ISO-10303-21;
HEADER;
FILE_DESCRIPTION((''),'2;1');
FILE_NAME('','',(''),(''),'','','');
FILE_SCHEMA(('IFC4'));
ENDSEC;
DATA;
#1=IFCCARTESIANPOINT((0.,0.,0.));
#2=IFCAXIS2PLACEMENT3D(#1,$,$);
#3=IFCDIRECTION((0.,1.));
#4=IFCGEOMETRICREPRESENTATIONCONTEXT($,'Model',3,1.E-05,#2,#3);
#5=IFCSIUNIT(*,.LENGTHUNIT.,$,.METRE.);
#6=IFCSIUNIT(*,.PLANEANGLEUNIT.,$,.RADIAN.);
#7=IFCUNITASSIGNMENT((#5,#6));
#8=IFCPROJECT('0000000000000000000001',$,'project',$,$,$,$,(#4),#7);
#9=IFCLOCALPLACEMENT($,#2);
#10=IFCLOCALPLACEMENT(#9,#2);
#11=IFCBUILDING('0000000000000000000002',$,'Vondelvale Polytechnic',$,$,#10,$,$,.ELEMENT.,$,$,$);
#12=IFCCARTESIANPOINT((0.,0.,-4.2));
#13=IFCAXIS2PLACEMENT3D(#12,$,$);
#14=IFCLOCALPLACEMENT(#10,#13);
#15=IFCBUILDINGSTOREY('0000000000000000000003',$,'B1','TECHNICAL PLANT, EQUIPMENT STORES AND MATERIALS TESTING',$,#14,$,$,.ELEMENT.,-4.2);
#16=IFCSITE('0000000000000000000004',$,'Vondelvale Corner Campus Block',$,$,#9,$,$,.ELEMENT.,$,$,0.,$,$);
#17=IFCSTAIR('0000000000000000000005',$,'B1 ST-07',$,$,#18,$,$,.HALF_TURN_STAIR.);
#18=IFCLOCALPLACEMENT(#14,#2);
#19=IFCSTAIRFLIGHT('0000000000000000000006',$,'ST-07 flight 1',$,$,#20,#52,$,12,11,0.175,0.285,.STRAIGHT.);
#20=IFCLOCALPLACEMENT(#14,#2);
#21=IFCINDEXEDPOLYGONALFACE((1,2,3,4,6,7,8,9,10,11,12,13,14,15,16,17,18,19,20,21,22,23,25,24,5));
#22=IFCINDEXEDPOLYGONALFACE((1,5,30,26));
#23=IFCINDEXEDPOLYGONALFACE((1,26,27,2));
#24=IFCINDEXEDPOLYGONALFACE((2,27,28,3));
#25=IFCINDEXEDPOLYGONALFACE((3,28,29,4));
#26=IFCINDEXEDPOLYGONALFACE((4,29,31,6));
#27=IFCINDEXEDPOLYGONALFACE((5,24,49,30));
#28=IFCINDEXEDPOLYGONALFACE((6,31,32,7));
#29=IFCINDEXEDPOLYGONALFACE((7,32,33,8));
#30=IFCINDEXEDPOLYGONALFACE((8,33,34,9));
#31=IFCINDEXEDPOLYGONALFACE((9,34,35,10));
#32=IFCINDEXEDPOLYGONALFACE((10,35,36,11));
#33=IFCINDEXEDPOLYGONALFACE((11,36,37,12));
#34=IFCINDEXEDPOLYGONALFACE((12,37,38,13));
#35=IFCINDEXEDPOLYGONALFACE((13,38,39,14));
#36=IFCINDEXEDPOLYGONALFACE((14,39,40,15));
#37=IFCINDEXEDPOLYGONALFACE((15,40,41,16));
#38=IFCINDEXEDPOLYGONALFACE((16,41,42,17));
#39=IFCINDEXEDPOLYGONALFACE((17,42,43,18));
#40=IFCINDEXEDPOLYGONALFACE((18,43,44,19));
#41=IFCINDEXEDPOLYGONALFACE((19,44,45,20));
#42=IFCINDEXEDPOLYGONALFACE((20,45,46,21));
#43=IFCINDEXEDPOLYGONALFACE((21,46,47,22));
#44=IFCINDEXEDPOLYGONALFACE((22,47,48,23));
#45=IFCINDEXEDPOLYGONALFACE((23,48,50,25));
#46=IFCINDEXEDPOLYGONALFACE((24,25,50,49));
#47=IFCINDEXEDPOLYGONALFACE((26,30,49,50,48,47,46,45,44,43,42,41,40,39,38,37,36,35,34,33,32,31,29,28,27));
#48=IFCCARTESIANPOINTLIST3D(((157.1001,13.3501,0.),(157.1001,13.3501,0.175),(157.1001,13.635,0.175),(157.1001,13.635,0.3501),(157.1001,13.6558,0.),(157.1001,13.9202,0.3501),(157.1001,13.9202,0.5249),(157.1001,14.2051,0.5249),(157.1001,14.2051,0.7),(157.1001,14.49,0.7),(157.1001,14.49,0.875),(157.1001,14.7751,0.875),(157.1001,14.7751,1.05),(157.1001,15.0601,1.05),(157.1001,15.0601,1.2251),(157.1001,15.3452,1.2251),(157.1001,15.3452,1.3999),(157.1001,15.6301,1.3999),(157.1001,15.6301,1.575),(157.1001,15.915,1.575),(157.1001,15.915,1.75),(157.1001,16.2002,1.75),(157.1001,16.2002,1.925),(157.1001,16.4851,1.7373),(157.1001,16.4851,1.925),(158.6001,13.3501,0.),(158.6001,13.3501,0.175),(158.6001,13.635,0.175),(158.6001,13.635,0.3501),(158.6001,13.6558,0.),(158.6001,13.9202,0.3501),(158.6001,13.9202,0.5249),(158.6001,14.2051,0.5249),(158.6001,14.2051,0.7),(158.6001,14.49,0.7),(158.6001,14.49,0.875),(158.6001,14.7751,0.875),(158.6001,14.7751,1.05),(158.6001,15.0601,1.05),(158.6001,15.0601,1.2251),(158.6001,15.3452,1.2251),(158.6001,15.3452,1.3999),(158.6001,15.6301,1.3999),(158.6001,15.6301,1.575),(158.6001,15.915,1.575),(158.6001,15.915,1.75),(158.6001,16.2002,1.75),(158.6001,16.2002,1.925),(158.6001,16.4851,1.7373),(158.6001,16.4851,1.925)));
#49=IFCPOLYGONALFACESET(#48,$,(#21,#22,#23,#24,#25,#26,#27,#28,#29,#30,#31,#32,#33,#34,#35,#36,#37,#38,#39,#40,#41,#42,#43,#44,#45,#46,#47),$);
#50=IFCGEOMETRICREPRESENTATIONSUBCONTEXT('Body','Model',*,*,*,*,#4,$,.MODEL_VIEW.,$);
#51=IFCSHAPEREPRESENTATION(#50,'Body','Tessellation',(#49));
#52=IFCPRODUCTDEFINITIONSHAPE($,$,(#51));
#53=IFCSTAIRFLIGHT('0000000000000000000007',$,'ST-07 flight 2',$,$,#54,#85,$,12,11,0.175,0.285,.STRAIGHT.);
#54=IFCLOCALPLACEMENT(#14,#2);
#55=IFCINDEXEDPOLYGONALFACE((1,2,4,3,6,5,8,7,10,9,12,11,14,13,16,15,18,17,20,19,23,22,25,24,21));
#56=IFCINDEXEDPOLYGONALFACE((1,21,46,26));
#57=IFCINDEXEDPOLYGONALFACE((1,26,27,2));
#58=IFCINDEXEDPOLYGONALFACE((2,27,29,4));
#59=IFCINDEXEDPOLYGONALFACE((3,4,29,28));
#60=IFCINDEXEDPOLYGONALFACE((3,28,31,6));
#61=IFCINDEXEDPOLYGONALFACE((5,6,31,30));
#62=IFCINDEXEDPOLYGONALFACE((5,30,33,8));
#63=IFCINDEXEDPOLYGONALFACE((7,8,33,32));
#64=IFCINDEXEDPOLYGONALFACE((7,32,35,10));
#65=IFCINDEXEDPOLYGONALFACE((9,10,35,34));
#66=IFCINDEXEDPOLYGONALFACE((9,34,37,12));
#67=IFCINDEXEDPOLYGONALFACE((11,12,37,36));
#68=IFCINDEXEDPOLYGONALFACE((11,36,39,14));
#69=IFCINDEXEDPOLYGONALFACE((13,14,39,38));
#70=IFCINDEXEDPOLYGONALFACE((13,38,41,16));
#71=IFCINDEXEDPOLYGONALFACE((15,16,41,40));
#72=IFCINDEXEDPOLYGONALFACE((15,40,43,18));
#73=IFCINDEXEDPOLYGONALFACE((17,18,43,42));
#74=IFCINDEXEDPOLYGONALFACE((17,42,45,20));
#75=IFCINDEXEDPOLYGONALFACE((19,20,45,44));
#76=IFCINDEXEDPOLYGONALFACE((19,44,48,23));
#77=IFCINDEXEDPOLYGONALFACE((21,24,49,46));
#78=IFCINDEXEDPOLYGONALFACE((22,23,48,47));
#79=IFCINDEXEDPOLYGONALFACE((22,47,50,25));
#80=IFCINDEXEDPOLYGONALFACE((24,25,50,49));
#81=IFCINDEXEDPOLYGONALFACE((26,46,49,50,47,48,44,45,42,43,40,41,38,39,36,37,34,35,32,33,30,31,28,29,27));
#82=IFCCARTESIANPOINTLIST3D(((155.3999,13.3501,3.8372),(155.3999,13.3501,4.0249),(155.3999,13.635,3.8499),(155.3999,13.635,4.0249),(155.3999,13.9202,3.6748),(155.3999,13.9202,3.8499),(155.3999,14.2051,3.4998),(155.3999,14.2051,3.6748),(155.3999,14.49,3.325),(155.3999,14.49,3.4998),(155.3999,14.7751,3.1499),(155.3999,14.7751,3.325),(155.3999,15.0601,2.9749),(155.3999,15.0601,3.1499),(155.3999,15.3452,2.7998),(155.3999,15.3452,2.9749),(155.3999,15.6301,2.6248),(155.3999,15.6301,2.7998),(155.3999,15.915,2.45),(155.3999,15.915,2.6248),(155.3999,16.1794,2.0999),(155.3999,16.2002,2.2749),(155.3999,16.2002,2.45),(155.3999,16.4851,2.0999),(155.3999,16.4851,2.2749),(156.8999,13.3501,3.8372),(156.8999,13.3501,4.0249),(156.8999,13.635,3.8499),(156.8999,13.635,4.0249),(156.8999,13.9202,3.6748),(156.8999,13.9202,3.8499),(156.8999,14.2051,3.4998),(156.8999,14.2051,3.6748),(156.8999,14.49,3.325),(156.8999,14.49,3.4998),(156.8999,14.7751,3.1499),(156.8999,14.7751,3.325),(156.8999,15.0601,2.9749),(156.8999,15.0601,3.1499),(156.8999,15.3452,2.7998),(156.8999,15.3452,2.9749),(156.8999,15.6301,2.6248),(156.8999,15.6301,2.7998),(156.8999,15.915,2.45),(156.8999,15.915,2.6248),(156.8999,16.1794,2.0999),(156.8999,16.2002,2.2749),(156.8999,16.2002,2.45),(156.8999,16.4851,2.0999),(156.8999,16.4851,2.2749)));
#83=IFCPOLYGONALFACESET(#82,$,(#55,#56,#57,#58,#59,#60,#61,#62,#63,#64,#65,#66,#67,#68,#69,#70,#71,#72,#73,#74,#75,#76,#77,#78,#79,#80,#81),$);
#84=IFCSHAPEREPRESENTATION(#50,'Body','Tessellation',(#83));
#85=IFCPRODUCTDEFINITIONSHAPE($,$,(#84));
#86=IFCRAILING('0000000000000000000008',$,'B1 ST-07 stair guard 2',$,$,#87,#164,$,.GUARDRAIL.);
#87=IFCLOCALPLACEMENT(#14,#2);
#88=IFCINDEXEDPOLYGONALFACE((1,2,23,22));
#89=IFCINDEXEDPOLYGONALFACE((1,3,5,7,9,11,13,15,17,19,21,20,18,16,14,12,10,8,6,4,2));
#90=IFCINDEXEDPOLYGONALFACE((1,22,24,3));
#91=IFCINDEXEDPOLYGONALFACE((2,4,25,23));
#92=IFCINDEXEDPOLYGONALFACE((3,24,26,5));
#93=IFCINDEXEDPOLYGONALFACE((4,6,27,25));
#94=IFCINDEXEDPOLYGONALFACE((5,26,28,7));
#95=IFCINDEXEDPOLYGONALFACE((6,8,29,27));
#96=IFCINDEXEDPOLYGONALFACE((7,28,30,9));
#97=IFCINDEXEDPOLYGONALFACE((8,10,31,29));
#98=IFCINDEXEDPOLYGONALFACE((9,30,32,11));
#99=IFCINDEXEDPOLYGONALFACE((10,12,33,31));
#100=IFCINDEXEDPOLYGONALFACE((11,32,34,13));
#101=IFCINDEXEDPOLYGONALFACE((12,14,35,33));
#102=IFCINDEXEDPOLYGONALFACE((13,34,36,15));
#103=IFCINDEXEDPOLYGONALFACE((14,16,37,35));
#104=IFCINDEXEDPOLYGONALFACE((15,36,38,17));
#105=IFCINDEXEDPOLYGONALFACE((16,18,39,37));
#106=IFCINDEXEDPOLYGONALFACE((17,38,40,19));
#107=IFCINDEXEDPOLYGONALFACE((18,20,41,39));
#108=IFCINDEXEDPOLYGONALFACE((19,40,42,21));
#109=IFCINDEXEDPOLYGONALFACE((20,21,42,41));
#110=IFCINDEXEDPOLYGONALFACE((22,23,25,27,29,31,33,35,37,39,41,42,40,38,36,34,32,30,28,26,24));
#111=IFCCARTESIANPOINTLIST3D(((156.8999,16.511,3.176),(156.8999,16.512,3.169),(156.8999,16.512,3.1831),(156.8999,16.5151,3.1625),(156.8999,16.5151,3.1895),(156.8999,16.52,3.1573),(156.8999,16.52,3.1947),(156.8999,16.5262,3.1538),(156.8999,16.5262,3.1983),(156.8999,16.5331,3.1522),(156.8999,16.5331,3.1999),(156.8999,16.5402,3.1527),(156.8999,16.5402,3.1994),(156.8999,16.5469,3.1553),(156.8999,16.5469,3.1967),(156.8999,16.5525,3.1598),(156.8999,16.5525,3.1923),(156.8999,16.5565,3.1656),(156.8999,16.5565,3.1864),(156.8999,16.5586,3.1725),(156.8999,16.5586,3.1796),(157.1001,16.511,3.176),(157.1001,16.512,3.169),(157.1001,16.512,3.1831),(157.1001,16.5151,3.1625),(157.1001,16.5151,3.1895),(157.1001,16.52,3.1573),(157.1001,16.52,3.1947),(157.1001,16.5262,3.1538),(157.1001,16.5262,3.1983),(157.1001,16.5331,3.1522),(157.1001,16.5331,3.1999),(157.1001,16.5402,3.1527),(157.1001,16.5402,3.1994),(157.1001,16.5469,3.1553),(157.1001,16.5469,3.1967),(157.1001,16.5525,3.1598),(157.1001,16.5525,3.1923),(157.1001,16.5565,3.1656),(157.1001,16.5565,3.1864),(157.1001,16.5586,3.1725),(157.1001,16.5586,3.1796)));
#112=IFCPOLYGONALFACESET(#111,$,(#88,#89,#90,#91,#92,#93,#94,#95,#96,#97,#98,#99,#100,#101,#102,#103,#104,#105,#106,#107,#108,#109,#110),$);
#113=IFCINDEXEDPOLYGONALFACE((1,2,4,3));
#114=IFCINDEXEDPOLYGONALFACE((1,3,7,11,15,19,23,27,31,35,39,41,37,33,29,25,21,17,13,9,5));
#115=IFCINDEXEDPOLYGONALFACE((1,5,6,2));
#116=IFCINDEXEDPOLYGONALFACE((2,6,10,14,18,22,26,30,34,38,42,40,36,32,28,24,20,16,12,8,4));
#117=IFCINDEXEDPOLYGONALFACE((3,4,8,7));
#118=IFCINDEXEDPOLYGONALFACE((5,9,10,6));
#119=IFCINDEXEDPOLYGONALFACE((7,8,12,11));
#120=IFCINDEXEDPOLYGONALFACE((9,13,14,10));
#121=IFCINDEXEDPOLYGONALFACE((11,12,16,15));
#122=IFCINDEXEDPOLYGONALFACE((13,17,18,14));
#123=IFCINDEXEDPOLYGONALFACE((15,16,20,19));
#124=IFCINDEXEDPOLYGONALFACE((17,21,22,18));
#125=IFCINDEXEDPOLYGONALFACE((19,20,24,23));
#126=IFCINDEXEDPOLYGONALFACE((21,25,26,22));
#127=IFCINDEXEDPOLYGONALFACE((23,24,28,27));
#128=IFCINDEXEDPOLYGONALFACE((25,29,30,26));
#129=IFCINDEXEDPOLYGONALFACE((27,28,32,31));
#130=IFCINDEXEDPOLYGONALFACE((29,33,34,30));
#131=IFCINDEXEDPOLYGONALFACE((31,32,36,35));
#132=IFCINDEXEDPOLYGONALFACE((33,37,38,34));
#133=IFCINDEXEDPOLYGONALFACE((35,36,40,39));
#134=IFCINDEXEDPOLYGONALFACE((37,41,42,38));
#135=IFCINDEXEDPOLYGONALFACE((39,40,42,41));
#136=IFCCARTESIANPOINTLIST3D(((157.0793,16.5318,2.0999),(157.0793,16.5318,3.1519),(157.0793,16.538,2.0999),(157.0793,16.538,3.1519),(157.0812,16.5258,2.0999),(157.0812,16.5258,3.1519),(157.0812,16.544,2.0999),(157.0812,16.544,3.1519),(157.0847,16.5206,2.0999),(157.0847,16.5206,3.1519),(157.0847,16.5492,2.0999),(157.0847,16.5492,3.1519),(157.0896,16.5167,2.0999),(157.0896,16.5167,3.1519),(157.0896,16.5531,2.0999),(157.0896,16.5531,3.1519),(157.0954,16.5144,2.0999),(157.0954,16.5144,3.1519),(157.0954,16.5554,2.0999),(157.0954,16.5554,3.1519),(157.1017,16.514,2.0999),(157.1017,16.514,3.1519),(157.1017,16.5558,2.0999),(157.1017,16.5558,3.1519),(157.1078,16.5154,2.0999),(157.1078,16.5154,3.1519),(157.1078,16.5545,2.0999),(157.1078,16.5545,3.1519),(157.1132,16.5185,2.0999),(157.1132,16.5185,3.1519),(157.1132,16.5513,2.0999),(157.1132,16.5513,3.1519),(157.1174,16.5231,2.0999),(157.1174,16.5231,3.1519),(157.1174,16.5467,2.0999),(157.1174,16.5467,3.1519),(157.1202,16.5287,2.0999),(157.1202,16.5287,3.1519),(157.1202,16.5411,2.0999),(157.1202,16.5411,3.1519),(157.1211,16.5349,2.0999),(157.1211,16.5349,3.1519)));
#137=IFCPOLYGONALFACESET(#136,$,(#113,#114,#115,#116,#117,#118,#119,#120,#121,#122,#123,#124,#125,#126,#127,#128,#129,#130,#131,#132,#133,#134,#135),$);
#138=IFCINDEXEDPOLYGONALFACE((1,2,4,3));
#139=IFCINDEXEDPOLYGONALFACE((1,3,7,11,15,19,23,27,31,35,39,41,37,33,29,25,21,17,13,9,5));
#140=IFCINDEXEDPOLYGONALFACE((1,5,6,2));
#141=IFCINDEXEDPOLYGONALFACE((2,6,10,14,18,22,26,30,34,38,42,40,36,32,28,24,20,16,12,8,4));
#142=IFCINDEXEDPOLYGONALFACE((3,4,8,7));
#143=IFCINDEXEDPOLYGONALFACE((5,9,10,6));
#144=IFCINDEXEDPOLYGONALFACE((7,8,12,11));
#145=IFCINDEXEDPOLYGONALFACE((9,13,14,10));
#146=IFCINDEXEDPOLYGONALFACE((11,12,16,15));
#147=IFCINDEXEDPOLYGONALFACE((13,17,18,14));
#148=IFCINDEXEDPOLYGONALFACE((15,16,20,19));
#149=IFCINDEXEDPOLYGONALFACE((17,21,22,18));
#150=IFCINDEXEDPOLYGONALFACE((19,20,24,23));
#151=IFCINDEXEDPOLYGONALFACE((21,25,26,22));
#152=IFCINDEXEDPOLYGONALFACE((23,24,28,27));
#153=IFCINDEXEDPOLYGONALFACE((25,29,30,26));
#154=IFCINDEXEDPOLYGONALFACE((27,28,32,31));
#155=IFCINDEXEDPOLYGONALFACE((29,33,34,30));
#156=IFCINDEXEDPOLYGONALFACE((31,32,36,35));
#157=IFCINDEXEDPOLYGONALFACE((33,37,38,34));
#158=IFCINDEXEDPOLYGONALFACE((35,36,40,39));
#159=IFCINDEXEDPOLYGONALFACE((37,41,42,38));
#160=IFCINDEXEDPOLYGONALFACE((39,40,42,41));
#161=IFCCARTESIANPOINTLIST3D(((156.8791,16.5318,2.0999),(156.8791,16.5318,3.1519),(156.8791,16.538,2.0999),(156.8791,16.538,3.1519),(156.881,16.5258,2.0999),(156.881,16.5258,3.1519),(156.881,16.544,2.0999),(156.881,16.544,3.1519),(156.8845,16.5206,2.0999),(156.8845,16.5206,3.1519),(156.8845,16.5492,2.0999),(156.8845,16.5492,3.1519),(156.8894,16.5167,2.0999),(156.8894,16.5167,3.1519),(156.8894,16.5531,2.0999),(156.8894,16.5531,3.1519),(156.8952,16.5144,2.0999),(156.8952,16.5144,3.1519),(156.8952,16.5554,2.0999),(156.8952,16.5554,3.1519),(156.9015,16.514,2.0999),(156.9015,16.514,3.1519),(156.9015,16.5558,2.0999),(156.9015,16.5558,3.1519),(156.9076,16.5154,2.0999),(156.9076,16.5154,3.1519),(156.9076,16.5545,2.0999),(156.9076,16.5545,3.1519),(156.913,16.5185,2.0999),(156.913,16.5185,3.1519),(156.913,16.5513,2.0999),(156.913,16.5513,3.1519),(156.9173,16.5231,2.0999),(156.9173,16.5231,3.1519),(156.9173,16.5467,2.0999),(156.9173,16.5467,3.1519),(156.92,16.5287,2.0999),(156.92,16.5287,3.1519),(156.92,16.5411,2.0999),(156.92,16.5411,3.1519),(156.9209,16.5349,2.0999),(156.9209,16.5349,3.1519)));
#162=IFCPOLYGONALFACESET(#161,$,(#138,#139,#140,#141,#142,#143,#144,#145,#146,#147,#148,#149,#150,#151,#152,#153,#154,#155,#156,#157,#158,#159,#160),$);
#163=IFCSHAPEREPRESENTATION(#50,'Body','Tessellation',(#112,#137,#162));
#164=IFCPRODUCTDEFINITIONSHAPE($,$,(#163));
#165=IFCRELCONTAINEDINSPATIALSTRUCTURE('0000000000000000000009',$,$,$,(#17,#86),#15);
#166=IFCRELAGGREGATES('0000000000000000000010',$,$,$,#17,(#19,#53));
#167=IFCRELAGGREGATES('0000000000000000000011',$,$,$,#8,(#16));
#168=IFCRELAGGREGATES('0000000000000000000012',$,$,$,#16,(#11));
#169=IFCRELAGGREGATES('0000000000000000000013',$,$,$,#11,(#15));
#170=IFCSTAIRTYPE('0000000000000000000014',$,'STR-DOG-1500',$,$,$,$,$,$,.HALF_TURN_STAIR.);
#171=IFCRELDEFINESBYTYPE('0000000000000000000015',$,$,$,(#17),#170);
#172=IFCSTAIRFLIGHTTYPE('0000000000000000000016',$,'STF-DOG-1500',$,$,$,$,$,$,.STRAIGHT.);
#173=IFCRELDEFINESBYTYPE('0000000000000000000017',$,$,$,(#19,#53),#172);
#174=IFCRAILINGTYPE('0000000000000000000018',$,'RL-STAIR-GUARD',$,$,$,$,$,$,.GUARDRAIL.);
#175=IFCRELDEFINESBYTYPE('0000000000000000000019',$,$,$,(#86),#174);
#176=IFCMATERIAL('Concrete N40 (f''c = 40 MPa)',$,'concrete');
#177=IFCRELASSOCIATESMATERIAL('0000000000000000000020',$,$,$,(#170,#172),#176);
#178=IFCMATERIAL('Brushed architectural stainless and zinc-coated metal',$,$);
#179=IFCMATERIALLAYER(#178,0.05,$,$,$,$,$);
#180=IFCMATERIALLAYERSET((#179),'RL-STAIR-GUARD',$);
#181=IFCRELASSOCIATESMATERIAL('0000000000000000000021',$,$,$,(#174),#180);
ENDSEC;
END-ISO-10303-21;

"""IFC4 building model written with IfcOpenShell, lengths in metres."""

from ifc_helpers import new_model, si_unit, direction, frame, origin, origin_2d, place, context, subcontext, project, spatial, polyline, circle, outline, extrude, material, layer, layer_set, type_object, element, aggregate, save


model = new_model("IFC4")

# Units and contexts
model_context = context("Model", 3, precision=1e-05, world=origin(), true_north=direction((0.0, 1.0)))
body_context = subcontext(model_context, "Body", "Model", "MODEL_VIEW")
ifc_project = project(units=[si_unit("LENGTHUNIT", "METRE"), si_unit("PLANEANGLEUNIT", "RADIAN")], contexts=[model_context])

# Site, building, storey
site_placement = place(None, origin())
site = spatial("IfcSite", under=ifc_project, at=site_placement, Name="Vondelvale Corner Campus Block", CompositionType="ELEMENT", RefElevation=0.0)
building_placement = place(site_placement, origin())
building = spatial("IfcBuilding", under=site, at=building_placement, Name="Vondelvale Polytechnic", CompositionType="ELEMENT")
storey_placement = place(building_placement, frame((0.0, 0.0, -4.2)))
storey = spatial("IfcBuildingStorey", under=building, at=storey_placement, Name="B1", Description="TECHNICAL PLANT, EQUIPMENT STORES AND MATERIALS TESTING", CompositionType="ELEMENT", Elevation=-4.2)

# Shared definitions
ifc_material_1 = material(Name="Concrete N40 (f'c = 40 MPa)", Category="concrete")

# Shared definitions
ifc_material_2 = material(Name="Brushed architectural stainless and zinc-coated metal")

# Stair, stair flights
stair_type = type_object("IfcStairType", Name="STR-DOG-1500", PredefinedType="HALF_TURN_STAIR", material=ifc_material_1)
stair_placement = place(storey_placement, origin())
stair = element("IfcStair", 1, at=stair_placement, inside=storey, type_object=stair_type, Name="B1 ST-07", PredefinedType="HALF_TURN_STAIR")
stair_flight_type = type_object("IfcStairFlightType", Name="STF-DOG-1500", PredefinedType="STRAIGHT", material=ifc_material_1)
stair_flight_1_placement = place(storey_placement, frame((157.8501, 13.3501, 0.0), z_axis=(0.0, 0.0, 1.0), x_axis=(0.0, 1.0, 0.0)))
stair_flight_1 = element("IfcStairFlight", 2, at=stair_flight_1_placement, type_object=stair_flight_type, Name="ST-07 flight 1", NumberOfRisers=12, NumberOfTreads=11, PredefinedType="STRAIGHT", RiserHeight=0.175, TreadLength=0.285, context=body_context, shape_type="SweptSolid", body=[
    extrude(outline(polyline([(0.0, 0.0), (0.0, 0.175), (0.2849, 0.175), (0.2849, 0.3501), (0.5701, 0.3501), (0.5701, 0.5249), (0.855, 0.5249), (0.855, 0.7), (1.1399, 0.7), (1.1399, 0.875), (1.425, 0.875), (1.425, 1.05), (1.71, 1.05), (1.71, 1.2251), (1.9951, 1.2251), (1.9951, 1.3999), (2.28, 1.3999), (2.28, 1.575), (2.5649, 1.575), (2.5649, 1.75), (2.8501, 1.75), (2.8501, 1.925), (3.135, 1.925), (3.135, 2.1001), (3.135, 1.7373), (0.3057, 0.0), (0.0, 0.0)])), frame((0.0, 0.75, 0.0), z_axis=(0.0, -1.0, 0.0), x_axis=(1.0, 0.0, 0.0)), (0.0, 0.0, 1.0), 1.5),
])
stair_flight_2_placement = place(storey_placement, frame((156.1499, 16.4851, 2.0999), z_axis=(0.0, 0.0, 1.0), x_axis=(0.0, -1.0, 0.0)))
stair_flight_2 = element("IfcStairFlight", 3, at=stair_flight_2_placement, type_object=stair_flight_type, Name="ST-07 flight 2", NumberOfRisers=12, NumberOfTreads=11, PredefinedType="STRAIGHT", RiserHeight=0.175, TreadLength=0.285, context=body_context, shape_type="SweptSolid", body=[
    extrude(outline(polyline([(0.0, 0.0), (0.0, 0.175), (0.2849, 0.175), (0.2849, 0.3501), (0.5701, 0.3501), (0.5701, 0.5249), (0.855, 0.5249), (0.855, 0.7), (1.1399, 0.7), (1.1399, 0.875), (1.425, 0.875), (1.425, 1.05), (1.71, 1.05), (1.71, 1.2251), (1.9951, 1.2251), (1.9951, 1.3999), (2.28, 1.3999), (2.28, 1.575), (2.5649, 1.575), (2.5649, 1.75), (2.8501, 1.75), (2.8501, 1.925), (3.135, 1.925), (3.135, 2.1001), (3.135, 1.7373), (0.3057, 0.0), (0.0, 0.0)])), frame((0.0, 0.75, 0.0), z_axis=(0.0, -1.0, 0.0), x_axis=(1.0, 0.0, 0.0)), (0.0, 0.0, 1.0), 1.5),
])
aggregate(stair, [stair_flight_1, stair_flight_2])

# Railing
ifc_layer_1 = layer(ifc_material_2, 0.05)
ifc_layer_set_1 = layer_set([ifc_layer_1], Name="RL-STAIR-GUARD")
railing_type_1 = type_object("IfcRailingType", Name="RL-STAIR-GUARD", PredefinedType="GUARDRAIL", material=ifc_layer_set_1)
railing_1_placement = place(storey_placement, frame((157.1001, 16.5349, 2.0999)))
element("IfcRailing", 4, at=railing_1_placement, inside=storey, type_object=railing_type_1, Name="B1 ST-07 stair guard 2", PredefinedType="GUARDRAIL", context=body_context, shape_type="SweptSolid", body=[
    extrude(circle(Radius=0.0239, at=origin_2d()), frame((0.0, 0.0, 1.0762), z_axis=(-1.0, 0.0, 0.0), x_axis=(0.0, -1.0, 0.0)), (0.0, 0.0, 1.0), 0.2002),
    extrude(circle(Radius=0.021, at=origin_2d()), origin(), (0.0, 0.0, 1.0), 1.052),
    extrude(circle(Radius=0.021, at=origin_2d()), frame((-0.2002, 0.0, 0.0)), (0.0, 0.0, 1.0), 1.052),
])

save(model, "model.ifc")
